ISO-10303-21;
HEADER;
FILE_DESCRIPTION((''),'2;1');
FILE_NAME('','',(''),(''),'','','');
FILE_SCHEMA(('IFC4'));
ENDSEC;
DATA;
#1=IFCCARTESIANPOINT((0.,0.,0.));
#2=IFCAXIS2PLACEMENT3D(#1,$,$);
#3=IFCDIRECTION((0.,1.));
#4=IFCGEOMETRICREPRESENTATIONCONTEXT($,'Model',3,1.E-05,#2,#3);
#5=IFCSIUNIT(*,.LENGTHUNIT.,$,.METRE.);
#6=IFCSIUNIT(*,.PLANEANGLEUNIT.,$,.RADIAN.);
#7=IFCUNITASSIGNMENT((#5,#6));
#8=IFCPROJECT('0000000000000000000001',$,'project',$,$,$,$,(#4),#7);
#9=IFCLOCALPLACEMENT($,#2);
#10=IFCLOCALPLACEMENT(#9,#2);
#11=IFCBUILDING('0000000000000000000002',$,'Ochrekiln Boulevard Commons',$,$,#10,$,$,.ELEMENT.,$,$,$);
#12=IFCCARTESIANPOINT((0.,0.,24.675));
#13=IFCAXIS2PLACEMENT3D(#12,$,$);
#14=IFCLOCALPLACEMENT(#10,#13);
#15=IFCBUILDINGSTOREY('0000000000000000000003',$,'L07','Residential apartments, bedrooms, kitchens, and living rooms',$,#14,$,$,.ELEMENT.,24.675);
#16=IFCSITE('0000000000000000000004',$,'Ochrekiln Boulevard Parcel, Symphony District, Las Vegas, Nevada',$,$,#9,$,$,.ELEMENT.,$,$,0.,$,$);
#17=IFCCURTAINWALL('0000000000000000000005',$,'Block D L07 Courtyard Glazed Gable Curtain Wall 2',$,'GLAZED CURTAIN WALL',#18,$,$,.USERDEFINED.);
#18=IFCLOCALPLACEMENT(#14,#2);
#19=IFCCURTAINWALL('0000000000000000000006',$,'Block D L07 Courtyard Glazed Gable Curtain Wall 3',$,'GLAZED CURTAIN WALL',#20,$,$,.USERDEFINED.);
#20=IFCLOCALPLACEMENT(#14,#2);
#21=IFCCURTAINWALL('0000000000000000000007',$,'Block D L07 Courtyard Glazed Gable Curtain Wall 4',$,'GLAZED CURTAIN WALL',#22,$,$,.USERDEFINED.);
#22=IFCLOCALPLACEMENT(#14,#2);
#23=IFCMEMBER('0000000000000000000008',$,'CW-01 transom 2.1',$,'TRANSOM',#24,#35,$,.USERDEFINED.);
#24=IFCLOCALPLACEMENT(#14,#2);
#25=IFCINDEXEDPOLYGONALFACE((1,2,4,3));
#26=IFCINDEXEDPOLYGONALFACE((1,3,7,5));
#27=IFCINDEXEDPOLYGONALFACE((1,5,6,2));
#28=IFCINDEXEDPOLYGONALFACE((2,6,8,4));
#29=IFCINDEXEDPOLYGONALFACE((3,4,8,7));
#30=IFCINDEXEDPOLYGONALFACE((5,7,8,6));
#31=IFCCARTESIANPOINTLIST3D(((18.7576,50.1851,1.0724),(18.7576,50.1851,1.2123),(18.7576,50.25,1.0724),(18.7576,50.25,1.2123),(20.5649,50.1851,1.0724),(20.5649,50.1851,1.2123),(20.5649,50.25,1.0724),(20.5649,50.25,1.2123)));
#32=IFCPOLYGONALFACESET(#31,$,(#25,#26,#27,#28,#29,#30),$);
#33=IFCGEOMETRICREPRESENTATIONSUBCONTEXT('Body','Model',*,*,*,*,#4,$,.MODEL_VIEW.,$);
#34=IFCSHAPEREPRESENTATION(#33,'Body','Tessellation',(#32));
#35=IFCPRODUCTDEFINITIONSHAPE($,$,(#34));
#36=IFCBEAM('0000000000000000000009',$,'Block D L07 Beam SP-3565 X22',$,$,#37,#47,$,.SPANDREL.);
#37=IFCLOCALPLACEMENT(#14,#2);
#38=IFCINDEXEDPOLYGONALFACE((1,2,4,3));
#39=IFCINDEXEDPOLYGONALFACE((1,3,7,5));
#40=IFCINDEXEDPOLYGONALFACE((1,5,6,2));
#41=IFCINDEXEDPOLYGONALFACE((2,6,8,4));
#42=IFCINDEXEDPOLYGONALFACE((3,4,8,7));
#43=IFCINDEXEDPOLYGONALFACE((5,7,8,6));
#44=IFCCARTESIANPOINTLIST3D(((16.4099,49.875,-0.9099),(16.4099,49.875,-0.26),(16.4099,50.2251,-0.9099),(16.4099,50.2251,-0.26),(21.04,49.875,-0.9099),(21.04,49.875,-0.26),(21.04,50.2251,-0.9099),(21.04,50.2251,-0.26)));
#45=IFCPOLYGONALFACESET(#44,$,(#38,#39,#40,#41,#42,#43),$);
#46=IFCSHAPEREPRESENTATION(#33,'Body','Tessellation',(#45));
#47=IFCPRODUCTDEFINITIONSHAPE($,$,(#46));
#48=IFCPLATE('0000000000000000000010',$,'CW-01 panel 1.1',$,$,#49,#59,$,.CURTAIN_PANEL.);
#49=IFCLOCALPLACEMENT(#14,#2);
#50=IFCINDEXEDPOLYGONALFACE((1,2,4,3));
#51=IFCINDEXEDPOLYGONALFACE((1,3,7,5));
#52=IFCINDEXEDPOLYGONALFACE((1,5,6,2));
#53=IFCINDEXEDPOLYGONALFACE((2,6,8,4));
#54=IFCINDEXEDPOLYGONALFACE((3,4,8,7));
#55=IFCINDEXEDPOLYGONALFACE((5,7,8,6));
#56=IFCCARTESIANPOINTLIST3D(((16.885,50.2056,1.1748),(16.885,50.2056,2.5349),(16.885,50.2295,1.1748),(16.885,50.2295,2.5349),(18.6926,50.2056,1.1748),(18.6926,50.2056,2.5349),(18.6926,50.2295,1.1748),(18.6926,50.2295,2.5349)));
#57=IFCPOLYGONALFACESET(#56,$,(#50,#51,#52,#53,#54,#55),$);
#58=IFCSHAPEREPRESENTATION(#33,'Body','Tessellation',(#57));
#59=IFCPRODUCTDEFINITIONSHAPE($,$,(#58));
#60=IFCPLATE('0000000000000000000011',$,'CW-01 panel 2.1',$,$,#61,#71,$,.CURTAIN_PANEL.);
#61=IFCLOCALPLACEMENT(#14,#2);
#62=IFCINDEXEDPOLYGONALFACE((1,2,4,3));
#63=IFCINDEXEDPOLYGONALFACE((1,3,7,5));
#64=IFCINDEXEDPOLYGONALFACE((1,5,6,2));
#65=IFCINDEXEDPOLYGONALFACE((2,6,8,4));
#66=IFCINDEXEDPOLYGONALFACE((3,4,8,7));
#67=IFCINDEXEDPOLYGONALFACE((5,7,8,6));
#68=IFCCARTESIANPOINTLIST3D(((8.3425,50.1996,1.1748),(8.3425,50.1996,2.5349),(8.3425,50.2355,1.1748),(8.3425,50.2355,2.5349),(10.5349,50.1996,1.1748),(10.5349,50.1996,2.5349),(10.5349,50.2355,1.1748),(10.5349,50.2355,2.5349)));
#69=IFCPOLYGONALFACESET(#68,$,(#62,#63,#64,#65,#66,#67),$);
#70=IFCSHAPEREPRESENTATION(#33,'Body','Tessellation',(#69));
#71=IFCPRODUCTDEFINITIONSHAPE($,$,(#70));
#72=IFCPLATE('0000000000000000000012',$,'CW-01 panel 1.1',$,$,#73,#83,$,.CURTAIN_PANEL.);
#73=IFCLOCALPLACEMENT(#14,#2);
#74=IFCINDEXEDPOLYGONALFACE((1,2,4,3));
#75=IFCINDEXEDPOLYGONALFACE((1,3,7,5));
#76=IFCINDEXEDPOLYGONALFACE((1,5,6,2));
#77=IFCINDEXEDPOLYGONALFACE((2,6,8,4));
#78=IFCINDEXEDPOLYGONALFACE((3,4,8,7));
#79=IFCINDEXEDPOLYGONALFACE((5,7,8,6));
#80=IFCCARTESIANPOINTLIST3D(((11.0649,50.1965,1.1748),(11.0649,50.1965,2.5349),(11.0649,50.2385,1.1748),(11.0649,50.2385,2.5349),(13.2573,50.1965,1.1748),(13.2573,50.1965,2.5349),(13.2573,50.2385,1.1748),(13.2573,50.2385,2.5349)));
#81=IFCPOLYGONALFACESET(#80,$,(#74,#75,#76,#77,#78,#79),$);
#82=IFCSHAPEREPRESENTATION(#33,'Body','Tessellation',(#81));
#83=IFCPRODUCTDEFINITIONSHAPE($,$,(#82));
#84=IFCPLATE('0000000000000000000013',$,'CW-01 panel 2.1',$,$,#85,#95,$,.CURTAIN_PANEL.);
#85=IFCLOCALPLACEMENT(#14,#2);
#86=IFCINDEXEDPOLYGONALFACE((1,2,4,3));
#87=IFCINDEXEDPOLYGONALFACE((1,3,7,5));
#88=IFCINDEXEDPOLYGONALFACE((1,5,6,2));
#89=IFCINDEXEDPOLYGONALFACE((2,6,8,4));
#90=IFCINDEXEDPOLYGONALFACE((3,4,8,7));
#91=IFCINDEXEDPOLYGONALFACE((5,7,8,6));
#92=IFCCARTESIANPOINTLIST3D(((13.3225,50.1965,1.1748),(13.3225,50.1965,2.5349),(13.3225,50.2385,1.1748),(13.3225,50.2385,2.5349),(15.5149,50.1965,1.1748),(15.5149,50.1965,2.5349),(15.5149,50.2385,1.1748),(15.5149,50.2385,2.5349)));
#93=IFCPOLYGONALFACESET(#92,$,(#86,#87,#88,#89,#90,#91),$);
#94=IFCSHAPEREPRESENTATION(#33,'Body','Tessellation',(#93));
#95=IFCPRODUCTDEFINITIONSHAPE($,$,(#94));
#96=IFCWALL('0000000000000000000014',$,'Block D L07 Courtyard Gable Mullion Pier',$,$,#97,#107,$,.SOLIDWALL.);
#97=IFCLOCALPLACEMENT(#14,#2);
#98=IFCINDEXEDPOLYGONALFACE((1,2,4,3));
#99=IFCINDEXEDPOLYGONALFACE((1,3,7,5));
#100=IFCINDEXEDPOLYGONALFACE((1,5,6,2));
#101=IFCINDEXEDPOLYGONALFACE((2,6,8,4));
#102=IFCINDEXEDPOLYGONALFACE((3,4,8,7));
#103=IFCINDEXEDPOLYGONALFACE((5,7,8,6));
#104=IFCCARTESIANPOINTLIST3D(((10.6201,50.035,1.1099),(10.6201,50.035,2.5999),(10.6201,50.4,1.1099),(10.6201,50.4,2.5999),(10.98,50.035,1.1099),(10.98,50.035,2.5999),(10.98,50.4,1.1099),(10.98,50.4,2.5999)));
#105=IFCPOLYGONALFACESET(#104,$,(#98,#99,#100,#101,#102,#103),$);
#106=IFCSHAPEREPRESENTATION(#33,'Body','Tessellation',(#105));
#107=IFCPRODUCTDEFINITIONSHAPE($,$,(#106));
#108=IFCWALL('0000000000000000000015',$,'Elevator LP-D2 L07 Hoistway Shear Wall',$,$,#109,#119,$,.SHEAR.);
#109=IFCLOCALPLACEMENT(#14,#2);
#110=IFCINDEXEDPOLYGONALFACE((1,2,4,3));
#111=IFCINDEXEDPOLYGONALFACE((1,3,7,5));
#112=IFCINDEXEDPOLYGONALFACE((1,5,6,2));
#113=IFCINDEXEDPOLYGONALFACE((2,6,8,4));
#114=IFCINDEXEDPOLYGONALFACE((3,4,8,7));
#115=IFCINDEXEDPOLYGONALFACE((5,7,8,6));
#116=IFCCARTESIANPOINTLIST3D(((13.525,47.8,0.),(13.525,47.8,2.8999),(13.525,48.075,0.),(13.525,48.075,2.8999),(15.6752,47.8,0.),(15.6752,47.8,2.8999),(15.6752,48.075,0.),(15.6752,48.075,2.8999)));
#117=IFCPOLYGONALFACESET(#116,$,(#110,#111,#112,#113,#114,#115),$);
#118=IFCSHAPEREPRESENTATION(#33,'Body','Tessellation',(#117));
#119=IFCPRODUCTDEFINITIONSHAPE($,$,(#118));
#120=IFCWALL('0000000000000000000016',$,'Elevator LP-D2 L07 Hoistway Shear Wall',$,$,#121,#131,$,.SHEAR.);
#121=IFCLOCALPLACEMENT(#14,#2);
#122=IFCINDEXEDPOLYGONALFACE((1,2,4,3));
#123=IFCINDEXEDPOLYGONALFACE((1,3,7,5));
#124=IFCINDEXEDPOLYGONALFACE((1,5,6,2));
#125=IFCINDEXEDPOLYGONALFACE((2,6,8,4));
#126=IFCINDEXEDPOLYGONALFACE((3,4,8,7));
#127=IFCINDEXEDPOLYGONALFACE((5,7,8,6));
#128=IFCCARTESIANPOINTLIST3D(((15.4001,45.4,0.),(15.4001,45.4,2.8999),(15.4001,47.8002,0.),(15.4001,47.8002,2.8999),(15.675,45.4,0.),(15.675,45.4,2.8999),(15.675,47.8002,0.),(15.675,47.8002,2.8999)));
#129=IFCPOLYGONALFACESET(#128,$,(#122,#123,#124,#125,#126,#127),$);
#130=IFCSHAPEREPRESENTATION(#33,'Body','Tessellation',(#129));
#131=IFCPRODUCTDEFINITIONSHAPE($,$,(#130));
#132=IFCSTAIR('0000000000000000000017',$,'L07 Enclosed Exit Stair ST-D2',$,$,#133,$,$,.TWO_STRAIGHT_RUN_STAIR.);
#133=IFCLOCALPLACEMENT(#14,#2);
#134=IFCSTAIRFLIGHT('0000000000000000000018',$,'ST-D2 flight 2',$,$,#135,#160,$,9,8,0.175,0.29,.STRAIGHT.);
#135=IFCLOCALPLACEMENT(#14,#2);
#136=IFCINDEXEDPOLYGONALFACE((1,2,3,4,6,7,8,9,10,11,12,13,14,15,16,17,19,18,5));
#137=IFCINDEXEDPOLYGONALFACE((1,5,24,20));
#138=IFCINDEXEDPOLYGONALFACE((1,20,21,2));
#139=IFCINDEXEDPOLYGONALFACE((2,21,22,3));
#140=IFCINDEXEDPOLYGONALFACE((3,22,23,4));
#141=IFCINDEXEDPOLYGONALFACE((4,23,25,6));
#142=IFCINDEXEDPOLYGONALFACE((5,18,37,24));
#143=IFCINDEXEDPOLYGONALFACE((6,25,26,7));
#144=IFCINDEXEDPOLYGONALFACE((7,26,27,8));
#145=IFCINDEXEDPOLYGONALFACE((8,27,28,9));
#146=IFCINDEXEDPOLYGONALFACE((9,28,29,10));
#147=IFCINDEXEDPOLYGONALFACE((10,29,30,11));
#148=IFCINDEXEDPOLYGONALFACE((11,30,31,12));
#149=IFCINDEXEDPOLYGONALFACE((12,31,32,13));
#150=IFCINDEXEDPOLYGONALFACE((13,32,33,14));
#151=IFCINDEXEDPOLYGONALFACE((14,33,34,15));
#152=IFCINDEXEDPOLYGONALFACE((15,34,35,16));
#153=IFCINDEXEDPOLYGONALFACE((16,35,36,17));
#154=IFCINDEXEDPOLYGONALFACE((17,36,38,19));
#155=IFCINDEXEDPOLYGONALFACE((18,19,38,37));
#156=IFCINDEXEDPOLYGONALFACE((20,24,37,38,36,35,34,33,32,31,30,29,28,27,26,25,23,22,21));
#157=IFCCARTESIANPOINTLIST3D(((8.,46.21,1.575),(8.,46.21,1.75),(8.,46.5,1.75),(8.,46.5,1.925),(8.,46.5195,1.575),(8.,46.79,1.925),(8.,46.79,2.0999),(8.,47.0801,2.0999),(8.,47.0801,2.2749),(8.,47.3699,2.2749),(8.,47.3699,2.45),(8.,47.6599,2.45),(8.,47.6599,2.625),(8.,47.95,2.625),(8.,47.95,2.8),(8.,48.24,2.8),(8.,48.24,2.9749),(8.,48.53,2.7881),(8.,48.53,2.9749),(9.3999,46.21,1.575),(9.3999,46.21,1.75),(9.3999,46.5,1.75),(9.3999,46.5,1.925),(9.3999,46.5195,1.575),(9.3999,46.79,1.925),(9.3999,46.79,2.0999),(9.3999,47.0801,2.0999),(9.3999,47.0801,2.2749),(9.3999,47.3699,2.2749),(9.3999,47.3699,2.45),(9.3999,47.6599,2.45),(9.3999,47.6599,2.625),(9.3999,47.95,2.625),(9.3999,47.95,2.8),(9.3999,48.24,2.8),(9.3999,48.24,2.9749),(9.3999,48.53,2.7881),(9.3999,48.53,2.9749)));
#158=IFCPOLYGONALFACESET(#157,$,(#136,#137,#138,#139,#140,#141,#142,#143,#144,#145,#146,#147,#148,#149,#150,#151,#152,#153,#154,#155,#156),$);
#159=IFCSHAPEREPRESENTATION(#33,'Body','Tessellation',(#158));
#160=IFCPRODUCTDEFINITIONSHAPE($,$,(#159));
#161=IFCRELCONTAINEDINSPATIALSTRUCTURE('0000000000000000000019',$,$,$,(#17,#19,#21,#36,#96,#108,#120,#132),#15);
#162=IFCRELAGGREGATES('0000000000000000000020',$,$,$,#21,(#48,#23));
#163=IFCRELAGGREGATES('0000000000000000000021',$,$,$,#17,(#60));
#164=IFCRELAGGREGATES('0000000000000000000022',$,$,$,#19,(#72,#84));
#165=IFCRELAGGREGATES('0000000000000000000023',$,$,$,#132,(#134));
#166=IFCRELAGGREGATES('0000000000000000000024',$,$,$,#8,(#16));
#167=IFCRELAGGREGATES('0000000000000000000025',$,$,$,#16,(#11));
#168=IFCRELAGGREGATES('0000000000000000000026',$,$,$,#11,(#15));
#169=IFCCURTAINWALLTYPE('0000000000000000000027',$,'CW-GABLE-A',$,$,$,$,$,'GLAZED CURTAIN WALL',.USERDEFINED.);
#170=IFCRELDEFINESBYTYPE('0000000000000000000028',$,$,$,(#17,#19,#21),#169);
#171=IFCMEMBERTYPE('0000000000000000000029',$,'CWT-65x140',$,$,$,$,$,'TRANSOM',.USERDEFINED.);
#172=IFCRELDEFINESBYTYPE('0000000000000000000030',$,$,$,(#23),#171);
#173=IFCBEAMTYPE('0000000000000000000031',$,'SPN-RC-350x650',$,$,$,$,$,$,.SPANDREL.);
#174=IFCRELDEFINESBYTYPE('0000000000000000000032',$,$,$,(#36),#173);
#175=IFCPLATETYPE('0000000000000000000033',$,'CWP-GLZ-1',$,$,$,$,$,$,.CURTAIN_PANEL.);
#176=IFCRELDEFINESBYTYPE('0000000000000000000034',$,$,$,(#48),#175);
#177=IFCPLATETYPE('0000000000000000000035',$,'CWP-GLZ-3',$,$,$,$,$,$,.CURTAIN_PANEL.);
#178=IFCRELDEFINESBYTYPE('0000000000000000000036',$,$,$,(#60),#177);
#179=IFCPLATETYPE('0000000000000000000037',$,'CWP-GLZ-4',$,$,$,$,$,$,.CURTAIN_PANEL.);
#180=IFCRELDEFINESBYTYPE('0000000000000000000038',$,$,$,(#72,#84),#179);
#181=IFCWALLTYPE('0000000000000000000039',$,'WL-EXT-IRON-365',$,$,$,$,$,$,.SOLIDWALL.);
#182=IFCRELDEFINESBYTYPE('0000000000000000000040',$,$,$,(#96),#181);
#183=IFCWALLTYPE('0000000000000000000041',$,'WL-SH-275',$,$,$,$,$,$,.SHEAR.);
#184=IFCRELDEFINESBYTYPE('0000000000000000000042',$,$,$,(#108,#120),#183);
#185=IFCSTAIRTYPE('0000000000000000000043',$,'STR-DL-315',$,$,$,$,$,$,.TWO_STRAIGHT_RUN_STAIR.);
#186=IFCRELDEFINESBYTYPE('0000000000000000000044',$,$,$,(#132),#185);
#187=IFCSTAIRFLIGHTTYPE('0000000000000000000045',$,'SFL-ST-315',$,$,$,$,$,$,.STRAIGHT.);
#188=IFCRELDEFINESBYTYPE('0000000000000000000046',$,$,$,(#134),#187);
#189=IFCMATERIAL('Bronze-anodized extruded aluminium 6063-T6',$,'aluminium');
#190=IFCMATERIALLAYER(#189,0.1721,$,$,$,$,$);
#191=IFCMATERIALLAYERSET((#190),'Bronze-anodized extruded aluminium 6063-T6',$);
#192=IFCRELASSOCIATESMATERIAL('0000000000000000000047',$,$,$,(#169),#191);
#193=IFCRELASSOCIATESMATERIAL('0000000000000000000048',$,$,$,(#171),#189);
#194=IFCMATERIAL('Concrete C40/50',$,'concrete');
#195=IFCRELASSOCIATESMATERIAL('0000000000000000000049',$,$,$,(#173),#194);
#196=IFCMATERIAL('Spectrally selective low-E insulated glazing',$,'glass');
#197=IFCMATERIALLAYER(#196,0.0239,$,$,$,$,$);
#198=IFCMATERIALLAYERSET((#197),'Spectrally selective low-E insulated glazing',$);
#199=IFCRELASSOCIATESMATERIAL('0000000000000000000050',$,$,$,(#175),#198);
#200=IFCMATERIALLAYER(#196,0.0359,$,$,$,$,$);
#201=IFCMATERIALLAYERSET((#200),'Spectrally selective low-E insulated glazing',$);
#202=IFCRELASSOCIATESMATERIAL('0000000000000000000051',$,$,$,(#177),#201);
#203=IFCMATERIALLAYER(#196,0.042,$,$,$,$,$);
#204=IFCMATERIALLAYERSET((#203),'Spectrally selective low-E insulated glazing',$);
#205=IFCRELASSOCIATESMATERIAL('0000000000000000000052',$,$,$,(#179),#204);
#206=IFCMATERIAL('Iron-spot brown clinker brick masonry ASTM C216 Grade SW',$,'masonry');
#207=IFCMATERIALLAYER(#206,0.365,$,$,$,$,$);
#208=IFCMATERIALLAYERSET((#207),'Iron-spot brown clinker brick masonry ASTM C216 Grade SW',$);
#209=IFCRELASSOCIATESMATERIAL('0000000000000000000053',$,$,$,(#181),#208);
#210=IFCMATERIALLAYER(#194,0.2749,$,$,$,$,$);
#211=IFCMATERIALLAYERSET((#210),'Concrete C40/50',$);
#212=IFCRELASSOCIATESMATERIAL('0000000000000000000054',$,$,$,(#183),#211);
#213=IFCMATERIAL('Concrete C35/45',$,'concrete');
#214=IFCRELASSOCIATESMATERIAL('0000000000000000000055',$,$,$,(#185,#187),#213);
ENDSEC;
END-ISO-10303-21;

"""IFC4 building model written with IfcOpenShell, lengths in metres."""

from ifc_helpers import new_model, si_unit, direction, frame, frame_2d, origin, origin_2d, place, context, subcontext, project, spatial, polyline, rectangle, outline, extrude, material, layer, layer_set, material_profile, profile_set, type_object, element, aggregate, save


model = new_model("IFC4")

# Units and contexts
model_context = context("Model", 3, precision=1e-05, world=origin(), true_north=direction((0.0, 1.0)))
body_context = subcontext(model_context, "Body", "Model", "MODEL_VIEW")
ifc_project = project(units=[si_unit("LENGTHUNIT", "METRE"), si_unit("PLANEANGLEUNIT", "RADIAN")], contexts=[model_context])

# Site, building, storey
site_placement = place(None, origin())
site = spatial("IfcSite", under=ifc_project, at=site_placement, Name="Ochrekiln Boulevard Parcel, Symphony District, Las Vegas, Nevada", CompositionType="ELEMENT", RefElevation=0.0)
building_placement = place(site_placement, origin())
building = spatial("IfcBuilding", under=site, at=building_placement, Name="Ochrekiln Boulevard Commons", CompositionType="ELEMENT")
storey_placement = place(building_placement, frame((0.0, 0.0, 24.675)))
storey = spatial("IfcBuildingStorey", under=building, at=storey_placement, Name="L07", Description="Residential apartments, bedrooms, kitchens, and living rooms", CompositionType="ELEMENT", Elevation=24.675)

# Shared definitions
ifc_material_1 = material(Name="Concrete C40/50", Category="concrete")

# Curtain wall
ifc_material_2 = material(Name="Bronze-anodized extruded aluminium 6063-T6", Category="aluminium")
ifc_layer_1 = layer(ifc_material_2, 0.1721)
ifc_layer_set_1 = layer_set([ifc_layer_1], Name="Bronze-anodized extruded aluminium 6063-T6")
curtain_wall_type = type_object("IfcCurtainWallType", Name="CW-GABLE-A", ElementType="GLAZED CURTAIN WALL", PredefinedType="USERDEFINED", material=ifc_layer_set_1)
curtain_wall_1_placement = place(storey_placement, origin())
curtain_wall_1 = element("IfcCurtainWall", 1, at=curtain_wall_1_placement, inside=storey, type_object=curtain_wall_type, Name="Block D L07 Courtyard Glazed Gable Curtain Wall 2", ObjectType="GLAZED CURTAIN WALL", PredefinedType="USERDEFINED")

# Curtain walls
curtain_wall_2_placement = place(storey_placement, origin())
curtain_wall_2 = element("IfcCurtainWall", 2, at=curtain_wall_2_placement, inside=storey, type_object=curtain_wall_type, Name="Block D L07 Courtyard Glazed Gable Curtain Wall 3", ObjectType="GLAZED CURTAIN WALL", PredefinedType="USERDEFINED")
curtain_wall_3_placement = place(storey_placement, origin())
curtain_wall_3 = element("IfcCurtainWall", 3, at=curtain_wall_3_placement, inside=storey, type_object=curtain_wall_type, Name="Block D L07 Courtyard Glazed Gable Curtain Wall 4", ObjectType="GLAZED CURTAIN WALL", PredefinedType="USERDEFINED")

# Member
ifc_material_profile_1 = material_profile(ifc_material_2, rectangle(XDim=0.0649, YDim=0.1399, at=origin_2d()), Name="ALU-TRN-65x140")
ifc_profile_set_1 = profile_set([ifc_material_profile_1], Name="Bronze-anodized extruded aluminium 6063-T6")
member_type_1 = type_object("IfcMemberType", Name="CWT-65x140", ElementType="TRANSOM", PredefinedType="USERDEFINED", material=ifc_profile_set_1)
member_1_placement = place(storey_placement, frame((18.7576, 50.2175, 1.1423), z_axis=(1.0, 0.0, 0.0), x_axis=(0.0, 1.0, 0.0)))
member_1 = element("IfcMember", 4, at=member_1_placement, type_object=member_type_1, Name="CW-01 transom 2.1", ObjectType="TRANSOM", PredefinedType="USERDEFINED", context=body_context, shape_type="SweptSolid", body=[
    extrude(rectangle(XDim=0.0649, YDim=0.1399, at=origin_2d()), origin(), (0.0, 0.0, 1.0), 1.8074),
])

# Beam
ifc_material_profile_2 = material_profile(ifc_material_1, rectangle(XDim=0.3501, YDim=0.6499, at=origin_2d()), Name="RC-SPN-350x650")
ifc_profile_set_2 = profile_set([ifc_material_profile_2], Name="Concrete C40/50")
beam_type = type_object("IfcBeamType", Name="SPN-RC-350x650", PredefinedType="SPANDREL", material=ifc_profile_set_2)
beam_placement = place(storey_placement, frame((16.4099, 50.05, -0.585), z_axis=(1.0, 0.0, 0.0), x_axis=(0.0, 1.0, 0.0)))
element("IfcBeam", 5, at=beam_placement, inside=storey, type_object=beam_type, Name="Block D L07 Beam SP-3565 X22", PredefinedType="SPANDREL", context=body_context, shape_type="SweptSolid", body=[
    extrude(rectangle(XDim=0.3501, YDim=0.6499, at=origin_2d()), origin(), (0.0, 0.0, 1.0), 4.6301),
])

# Plates
ifc_material_3 = material(Name="Spectrally selective low-E insulated glazing", Category="glass")
ifc_layer_2 = layer(ifc_material_3, 0.0239)
ifc_layer_set_2 = layer_set([ifc_layer_2], Name="Spectrally selective low-E insulated glazing")
plate_type_1 = type_object("IfcPlateType", Name="CWP-GLZ-1", PredefinedType="CURTAIN_PANEL", material=ifc_layer_set_2)
plate_1_placement = place(storey_placement, frame((17.7888, 50.2175, 1.1748), z_axis=(0.0, 0.0, 1.0), x_axis=(1.0, 0.0, 0.0)))
plate_1 = element("IfcPlate", 6, at=plate_1_placement, type_object=plate_type_1, Name="CW-01 panel 1.1", PredefinedType="CURTAIN_PANEL", context=body_context, shape_type="SweptSolid", body=[
    extrude(rectangle(XDim=1.8076, YDim=0.0239, at=origin_2d()), origin(), (0.0, 0.0, 1.0), 1.3601),
])
aggregate(curtain_wall_3, [plate_1, member_1])
ifc_layer_3 = layer(ifc_material_3, 0.0359)
ifc_layer_set_3 = layer_set([ifc_layer_3], Name="Spectrally selective low-E insulated glazing")
plate_type_2 = type_object("IfcPlateType", Name="CWP-GLZ-3", PredefinedType="CURTAIN_PANEL", material=ifc_layer_set_3)
plate_2_placement = place(storey_placement, frame((9.4387, 50.2175, 1.1748), z_axis=(0.0, 0.0, 1.0), x_axis=(1.0, 0.0, 0.0)))
plate_2 = element("IfcPlate", 7, at=plate_2_placement, type_object=plate_type_2, Name="CW-01 panel 2.1", PredefinedType="CURTAIN_PANEL", context=body_context, shape_type="SweptSolid", body=[
    extrude(rectangle(XDim=2.1924, YDim=0.0359, at=origin_2d()), origin(), (0.0, 0.0, 1.0), 1.3601),
])
aggregate(curtain_wall_1, [plate_2])
ifc_layer_4 = layer(ifc_material_3, 0.042)
ifc_layer_set_4 = layer_set([ifc_layer_4], Name="Spectrally selective low-E insulated glazing")
plate_type_3 = type_object("IfcPlateType", Name="CWP-GLZ-4", PredefinedType="CURTAIN_PANEL", material=ifc_layer_set_4)
plate_3_placement = place(storey_placement, frame((12.1611, 50.2175, 1.1748), z_axis=(0.0, 0.0, 1.0), x_axis=(1.0, 0.0, 0.0)))
plate_3 = element("IfcPlate", 8, at=plate_3_placement, type_object=plate_type_3, Name="CW-01 panel 1.1", PredefinedType="CURTAIN_PANEL", context=body_context, shape_type="SweptSolid", body=[
    extrude(rectangle(XDim=2.1924, YDim=0.042, at=origin_2d()), origin(), (0.0, 0.0, 1.0), 1.3601),
])
plate_4_placement = place(storey_placement, frame((14.4187, 50.2175, 1.1748), z_axis=(0.0, 0.0, 1.0), x_axis=(1.0, 0.0, 0.0)))
plate_4 = element("IfcPlate", 9, at=plate_4_placement, type_object=plate_type_3, Name="CW-01 panel 2.1", PredefinedType="CURTAIN_PANEL", context=body_context, shape_type="SweptSolid", body=[
    extrude(rectangle(XDim=2.1924, YDim=0.042, at=origin_2d()), origin(), (0.0, 0.0, 1.0), 1.3601),
])
aggregate(curtain_wall_2, [plate_3, plate_4])

# Walls
ifc_material_4 = material(Name="Iron-spot brown clinker brick masonry ASTM C216 Grade SW", Category="masonry")
ifc_layer_5 = layer(ifc_material_4, 0.365)
ifc_layer_set_5 = layer_set([ifc_layer_5], Name="Iron-spot brown clinker brick masonry ASTM C216 Grade SW")
wall_type_1 = type_object("IfcWallType", Name="WL-EXT-IRON-365", PredefinedType="SOLIDWALL", material=ifc_layer_set_5)
wall_1_placement = place(storey_placement, frame((10.6201, 50.2175, 1.1099), z_axis=(0.0, 0.0, 1.0), x_axis=(1.0, 0.0, 0.0)))
element("IfcWall", 10, at=wall_1_placement, inside=storey, type_object=wall_type_1, Name="Block D L07 Courtyard Gable Mullion Pier", PredefinedType="SOLIDWALL", context=body_context, shape_type="SweptSolid", body=[
    extrude(rectangle(XDim=0.3599, YDim=0.365, at=frame_2d((0.1799, 0.0))), origin(), (0.0, 0.0, 1.0), 1.49),
])
ifc_layer_6 = layer(ifc_material_1, 0.2749)
ifc_layer_set_6 = layer_set([ifc_layer_6], Name="Concrete C40/50")
wall_type_2 = type_object("IfcWallType", Name="WL-SH-275", PredefinedType="SHEAR", material=ifc_layer_set_6)
wall_2_placement = place(storey_placement, frame((13.5249, 47.9375, 0.0), z_axis=(0.0, 0.0, 1.0), x_axis=(1.0, 0.0, 0.0)))
element("IfcWall", 11, at=wall_2_placement, inside=storey, type_object=wall_type_2, Name="Elevator LP-D2 L07 Hoistway Shear Wall", PredefinedType="SHEAR", context=body_context, shape_type="SweptSolid", body=[
    extrude(rectangle(XDim=2.1501, YDim=0.2749, at=frame_2d((1.0752, 0.0))), origin(), (0.0, 0.0, 1.0), 2.8999),
])

# Wall
wall_3_placement = place(storey_placement, frame((15.5376, 45.3999, 0.0), z_axis=(0.0, 0.0, 1.0), x_axis=(0.0, 1.0, 0.0)))
element("IfcWall", 12, at=wall_3_placement, inside=storey, type_object=wall_type_2, Name="Elevator LP-D2 L07 Hoistway Shear Wall", PredefinedType="SHEAR", context=body_context, shape_type="SweptSolid", body=[
    extrude(rectangle(XDim=2.4001, YDim=0.2749, at=frame_2d((1.2002, 0.0))), origin(), (0.0, 0.0, 1.0), 2.8999),
])

# Stair, stair flight
ifc_material_5 = material(Name="Concrete C35/45", Category="concrete")
stair_type = type_object("IfcStairType", Name="STR-DL-315", PredefinedType="TWO_STRAIGHT_RUN_STAIR", material=ifc_material_5)
stair_placement = place(storey_placement, origin())
stair = element("IfcStair", 13, at=stair_placement, inside=storey, type_object=stair_type, Name="L07 Enclosed Exit Stair ST-D2", PredefinedType="TWO_STRAIGHT_RUN_STAIR")
stair_flight_type = type_object("IfcStairFlightType", Name="SFL-ST-315", PredefinedType="STRAIGHT", material=ifc_material_5)
stair_flight_placement = place(storey_placement, frame((8.7, 46.21, 1.575), z_axis=(0.0, 0.0, 1.0), x_axis=(0.0, 1.0, 0.0)))
stair_flight = element("IfcStairFlight", 14, at=stair_flight_placement, type_object=stair_flight_type, Name="ST-D2 flight 2", NumberOfRisers=9, NumberOfTreads=8, PredefinedType="STRAIGHT", RiserHeight=0.175, TreadLength=0.29, context=body_context, shape_type="SweptSolid", body=[
    extrude(outline(polyline([(0.0, 0.0), (0.0, 0.175), (0.29, 0.175), (0.29, 0.3501), (0.5801, 0.3501), (0.5801, 0.5249), (0.8701, 0.5249), (0.8701, 0.7), (1.1599, 0.7), (1.1599, 0.875), (1.45, 0.875), (1.45, 1.05), (1.74, 1.05), (1.74, 1.2251), (2.03, 1.2251), (2.03, 1.3999), (2.3201, 1.3999), (2.3201, 1.575), (2.3201, 1.2131), (0.3096, 0.0), (0.0, 0.0)])), frame((0.0, 0.7, 0.0), z_axis=(0.0, -1.0, 0.0), x_axis=(1.0, 0.0, 0.0)), (0.0, 0.0, 1.0), 1.3999),
])
aggregate(stair, [stair_flight])

save(model, "model.ifc")
